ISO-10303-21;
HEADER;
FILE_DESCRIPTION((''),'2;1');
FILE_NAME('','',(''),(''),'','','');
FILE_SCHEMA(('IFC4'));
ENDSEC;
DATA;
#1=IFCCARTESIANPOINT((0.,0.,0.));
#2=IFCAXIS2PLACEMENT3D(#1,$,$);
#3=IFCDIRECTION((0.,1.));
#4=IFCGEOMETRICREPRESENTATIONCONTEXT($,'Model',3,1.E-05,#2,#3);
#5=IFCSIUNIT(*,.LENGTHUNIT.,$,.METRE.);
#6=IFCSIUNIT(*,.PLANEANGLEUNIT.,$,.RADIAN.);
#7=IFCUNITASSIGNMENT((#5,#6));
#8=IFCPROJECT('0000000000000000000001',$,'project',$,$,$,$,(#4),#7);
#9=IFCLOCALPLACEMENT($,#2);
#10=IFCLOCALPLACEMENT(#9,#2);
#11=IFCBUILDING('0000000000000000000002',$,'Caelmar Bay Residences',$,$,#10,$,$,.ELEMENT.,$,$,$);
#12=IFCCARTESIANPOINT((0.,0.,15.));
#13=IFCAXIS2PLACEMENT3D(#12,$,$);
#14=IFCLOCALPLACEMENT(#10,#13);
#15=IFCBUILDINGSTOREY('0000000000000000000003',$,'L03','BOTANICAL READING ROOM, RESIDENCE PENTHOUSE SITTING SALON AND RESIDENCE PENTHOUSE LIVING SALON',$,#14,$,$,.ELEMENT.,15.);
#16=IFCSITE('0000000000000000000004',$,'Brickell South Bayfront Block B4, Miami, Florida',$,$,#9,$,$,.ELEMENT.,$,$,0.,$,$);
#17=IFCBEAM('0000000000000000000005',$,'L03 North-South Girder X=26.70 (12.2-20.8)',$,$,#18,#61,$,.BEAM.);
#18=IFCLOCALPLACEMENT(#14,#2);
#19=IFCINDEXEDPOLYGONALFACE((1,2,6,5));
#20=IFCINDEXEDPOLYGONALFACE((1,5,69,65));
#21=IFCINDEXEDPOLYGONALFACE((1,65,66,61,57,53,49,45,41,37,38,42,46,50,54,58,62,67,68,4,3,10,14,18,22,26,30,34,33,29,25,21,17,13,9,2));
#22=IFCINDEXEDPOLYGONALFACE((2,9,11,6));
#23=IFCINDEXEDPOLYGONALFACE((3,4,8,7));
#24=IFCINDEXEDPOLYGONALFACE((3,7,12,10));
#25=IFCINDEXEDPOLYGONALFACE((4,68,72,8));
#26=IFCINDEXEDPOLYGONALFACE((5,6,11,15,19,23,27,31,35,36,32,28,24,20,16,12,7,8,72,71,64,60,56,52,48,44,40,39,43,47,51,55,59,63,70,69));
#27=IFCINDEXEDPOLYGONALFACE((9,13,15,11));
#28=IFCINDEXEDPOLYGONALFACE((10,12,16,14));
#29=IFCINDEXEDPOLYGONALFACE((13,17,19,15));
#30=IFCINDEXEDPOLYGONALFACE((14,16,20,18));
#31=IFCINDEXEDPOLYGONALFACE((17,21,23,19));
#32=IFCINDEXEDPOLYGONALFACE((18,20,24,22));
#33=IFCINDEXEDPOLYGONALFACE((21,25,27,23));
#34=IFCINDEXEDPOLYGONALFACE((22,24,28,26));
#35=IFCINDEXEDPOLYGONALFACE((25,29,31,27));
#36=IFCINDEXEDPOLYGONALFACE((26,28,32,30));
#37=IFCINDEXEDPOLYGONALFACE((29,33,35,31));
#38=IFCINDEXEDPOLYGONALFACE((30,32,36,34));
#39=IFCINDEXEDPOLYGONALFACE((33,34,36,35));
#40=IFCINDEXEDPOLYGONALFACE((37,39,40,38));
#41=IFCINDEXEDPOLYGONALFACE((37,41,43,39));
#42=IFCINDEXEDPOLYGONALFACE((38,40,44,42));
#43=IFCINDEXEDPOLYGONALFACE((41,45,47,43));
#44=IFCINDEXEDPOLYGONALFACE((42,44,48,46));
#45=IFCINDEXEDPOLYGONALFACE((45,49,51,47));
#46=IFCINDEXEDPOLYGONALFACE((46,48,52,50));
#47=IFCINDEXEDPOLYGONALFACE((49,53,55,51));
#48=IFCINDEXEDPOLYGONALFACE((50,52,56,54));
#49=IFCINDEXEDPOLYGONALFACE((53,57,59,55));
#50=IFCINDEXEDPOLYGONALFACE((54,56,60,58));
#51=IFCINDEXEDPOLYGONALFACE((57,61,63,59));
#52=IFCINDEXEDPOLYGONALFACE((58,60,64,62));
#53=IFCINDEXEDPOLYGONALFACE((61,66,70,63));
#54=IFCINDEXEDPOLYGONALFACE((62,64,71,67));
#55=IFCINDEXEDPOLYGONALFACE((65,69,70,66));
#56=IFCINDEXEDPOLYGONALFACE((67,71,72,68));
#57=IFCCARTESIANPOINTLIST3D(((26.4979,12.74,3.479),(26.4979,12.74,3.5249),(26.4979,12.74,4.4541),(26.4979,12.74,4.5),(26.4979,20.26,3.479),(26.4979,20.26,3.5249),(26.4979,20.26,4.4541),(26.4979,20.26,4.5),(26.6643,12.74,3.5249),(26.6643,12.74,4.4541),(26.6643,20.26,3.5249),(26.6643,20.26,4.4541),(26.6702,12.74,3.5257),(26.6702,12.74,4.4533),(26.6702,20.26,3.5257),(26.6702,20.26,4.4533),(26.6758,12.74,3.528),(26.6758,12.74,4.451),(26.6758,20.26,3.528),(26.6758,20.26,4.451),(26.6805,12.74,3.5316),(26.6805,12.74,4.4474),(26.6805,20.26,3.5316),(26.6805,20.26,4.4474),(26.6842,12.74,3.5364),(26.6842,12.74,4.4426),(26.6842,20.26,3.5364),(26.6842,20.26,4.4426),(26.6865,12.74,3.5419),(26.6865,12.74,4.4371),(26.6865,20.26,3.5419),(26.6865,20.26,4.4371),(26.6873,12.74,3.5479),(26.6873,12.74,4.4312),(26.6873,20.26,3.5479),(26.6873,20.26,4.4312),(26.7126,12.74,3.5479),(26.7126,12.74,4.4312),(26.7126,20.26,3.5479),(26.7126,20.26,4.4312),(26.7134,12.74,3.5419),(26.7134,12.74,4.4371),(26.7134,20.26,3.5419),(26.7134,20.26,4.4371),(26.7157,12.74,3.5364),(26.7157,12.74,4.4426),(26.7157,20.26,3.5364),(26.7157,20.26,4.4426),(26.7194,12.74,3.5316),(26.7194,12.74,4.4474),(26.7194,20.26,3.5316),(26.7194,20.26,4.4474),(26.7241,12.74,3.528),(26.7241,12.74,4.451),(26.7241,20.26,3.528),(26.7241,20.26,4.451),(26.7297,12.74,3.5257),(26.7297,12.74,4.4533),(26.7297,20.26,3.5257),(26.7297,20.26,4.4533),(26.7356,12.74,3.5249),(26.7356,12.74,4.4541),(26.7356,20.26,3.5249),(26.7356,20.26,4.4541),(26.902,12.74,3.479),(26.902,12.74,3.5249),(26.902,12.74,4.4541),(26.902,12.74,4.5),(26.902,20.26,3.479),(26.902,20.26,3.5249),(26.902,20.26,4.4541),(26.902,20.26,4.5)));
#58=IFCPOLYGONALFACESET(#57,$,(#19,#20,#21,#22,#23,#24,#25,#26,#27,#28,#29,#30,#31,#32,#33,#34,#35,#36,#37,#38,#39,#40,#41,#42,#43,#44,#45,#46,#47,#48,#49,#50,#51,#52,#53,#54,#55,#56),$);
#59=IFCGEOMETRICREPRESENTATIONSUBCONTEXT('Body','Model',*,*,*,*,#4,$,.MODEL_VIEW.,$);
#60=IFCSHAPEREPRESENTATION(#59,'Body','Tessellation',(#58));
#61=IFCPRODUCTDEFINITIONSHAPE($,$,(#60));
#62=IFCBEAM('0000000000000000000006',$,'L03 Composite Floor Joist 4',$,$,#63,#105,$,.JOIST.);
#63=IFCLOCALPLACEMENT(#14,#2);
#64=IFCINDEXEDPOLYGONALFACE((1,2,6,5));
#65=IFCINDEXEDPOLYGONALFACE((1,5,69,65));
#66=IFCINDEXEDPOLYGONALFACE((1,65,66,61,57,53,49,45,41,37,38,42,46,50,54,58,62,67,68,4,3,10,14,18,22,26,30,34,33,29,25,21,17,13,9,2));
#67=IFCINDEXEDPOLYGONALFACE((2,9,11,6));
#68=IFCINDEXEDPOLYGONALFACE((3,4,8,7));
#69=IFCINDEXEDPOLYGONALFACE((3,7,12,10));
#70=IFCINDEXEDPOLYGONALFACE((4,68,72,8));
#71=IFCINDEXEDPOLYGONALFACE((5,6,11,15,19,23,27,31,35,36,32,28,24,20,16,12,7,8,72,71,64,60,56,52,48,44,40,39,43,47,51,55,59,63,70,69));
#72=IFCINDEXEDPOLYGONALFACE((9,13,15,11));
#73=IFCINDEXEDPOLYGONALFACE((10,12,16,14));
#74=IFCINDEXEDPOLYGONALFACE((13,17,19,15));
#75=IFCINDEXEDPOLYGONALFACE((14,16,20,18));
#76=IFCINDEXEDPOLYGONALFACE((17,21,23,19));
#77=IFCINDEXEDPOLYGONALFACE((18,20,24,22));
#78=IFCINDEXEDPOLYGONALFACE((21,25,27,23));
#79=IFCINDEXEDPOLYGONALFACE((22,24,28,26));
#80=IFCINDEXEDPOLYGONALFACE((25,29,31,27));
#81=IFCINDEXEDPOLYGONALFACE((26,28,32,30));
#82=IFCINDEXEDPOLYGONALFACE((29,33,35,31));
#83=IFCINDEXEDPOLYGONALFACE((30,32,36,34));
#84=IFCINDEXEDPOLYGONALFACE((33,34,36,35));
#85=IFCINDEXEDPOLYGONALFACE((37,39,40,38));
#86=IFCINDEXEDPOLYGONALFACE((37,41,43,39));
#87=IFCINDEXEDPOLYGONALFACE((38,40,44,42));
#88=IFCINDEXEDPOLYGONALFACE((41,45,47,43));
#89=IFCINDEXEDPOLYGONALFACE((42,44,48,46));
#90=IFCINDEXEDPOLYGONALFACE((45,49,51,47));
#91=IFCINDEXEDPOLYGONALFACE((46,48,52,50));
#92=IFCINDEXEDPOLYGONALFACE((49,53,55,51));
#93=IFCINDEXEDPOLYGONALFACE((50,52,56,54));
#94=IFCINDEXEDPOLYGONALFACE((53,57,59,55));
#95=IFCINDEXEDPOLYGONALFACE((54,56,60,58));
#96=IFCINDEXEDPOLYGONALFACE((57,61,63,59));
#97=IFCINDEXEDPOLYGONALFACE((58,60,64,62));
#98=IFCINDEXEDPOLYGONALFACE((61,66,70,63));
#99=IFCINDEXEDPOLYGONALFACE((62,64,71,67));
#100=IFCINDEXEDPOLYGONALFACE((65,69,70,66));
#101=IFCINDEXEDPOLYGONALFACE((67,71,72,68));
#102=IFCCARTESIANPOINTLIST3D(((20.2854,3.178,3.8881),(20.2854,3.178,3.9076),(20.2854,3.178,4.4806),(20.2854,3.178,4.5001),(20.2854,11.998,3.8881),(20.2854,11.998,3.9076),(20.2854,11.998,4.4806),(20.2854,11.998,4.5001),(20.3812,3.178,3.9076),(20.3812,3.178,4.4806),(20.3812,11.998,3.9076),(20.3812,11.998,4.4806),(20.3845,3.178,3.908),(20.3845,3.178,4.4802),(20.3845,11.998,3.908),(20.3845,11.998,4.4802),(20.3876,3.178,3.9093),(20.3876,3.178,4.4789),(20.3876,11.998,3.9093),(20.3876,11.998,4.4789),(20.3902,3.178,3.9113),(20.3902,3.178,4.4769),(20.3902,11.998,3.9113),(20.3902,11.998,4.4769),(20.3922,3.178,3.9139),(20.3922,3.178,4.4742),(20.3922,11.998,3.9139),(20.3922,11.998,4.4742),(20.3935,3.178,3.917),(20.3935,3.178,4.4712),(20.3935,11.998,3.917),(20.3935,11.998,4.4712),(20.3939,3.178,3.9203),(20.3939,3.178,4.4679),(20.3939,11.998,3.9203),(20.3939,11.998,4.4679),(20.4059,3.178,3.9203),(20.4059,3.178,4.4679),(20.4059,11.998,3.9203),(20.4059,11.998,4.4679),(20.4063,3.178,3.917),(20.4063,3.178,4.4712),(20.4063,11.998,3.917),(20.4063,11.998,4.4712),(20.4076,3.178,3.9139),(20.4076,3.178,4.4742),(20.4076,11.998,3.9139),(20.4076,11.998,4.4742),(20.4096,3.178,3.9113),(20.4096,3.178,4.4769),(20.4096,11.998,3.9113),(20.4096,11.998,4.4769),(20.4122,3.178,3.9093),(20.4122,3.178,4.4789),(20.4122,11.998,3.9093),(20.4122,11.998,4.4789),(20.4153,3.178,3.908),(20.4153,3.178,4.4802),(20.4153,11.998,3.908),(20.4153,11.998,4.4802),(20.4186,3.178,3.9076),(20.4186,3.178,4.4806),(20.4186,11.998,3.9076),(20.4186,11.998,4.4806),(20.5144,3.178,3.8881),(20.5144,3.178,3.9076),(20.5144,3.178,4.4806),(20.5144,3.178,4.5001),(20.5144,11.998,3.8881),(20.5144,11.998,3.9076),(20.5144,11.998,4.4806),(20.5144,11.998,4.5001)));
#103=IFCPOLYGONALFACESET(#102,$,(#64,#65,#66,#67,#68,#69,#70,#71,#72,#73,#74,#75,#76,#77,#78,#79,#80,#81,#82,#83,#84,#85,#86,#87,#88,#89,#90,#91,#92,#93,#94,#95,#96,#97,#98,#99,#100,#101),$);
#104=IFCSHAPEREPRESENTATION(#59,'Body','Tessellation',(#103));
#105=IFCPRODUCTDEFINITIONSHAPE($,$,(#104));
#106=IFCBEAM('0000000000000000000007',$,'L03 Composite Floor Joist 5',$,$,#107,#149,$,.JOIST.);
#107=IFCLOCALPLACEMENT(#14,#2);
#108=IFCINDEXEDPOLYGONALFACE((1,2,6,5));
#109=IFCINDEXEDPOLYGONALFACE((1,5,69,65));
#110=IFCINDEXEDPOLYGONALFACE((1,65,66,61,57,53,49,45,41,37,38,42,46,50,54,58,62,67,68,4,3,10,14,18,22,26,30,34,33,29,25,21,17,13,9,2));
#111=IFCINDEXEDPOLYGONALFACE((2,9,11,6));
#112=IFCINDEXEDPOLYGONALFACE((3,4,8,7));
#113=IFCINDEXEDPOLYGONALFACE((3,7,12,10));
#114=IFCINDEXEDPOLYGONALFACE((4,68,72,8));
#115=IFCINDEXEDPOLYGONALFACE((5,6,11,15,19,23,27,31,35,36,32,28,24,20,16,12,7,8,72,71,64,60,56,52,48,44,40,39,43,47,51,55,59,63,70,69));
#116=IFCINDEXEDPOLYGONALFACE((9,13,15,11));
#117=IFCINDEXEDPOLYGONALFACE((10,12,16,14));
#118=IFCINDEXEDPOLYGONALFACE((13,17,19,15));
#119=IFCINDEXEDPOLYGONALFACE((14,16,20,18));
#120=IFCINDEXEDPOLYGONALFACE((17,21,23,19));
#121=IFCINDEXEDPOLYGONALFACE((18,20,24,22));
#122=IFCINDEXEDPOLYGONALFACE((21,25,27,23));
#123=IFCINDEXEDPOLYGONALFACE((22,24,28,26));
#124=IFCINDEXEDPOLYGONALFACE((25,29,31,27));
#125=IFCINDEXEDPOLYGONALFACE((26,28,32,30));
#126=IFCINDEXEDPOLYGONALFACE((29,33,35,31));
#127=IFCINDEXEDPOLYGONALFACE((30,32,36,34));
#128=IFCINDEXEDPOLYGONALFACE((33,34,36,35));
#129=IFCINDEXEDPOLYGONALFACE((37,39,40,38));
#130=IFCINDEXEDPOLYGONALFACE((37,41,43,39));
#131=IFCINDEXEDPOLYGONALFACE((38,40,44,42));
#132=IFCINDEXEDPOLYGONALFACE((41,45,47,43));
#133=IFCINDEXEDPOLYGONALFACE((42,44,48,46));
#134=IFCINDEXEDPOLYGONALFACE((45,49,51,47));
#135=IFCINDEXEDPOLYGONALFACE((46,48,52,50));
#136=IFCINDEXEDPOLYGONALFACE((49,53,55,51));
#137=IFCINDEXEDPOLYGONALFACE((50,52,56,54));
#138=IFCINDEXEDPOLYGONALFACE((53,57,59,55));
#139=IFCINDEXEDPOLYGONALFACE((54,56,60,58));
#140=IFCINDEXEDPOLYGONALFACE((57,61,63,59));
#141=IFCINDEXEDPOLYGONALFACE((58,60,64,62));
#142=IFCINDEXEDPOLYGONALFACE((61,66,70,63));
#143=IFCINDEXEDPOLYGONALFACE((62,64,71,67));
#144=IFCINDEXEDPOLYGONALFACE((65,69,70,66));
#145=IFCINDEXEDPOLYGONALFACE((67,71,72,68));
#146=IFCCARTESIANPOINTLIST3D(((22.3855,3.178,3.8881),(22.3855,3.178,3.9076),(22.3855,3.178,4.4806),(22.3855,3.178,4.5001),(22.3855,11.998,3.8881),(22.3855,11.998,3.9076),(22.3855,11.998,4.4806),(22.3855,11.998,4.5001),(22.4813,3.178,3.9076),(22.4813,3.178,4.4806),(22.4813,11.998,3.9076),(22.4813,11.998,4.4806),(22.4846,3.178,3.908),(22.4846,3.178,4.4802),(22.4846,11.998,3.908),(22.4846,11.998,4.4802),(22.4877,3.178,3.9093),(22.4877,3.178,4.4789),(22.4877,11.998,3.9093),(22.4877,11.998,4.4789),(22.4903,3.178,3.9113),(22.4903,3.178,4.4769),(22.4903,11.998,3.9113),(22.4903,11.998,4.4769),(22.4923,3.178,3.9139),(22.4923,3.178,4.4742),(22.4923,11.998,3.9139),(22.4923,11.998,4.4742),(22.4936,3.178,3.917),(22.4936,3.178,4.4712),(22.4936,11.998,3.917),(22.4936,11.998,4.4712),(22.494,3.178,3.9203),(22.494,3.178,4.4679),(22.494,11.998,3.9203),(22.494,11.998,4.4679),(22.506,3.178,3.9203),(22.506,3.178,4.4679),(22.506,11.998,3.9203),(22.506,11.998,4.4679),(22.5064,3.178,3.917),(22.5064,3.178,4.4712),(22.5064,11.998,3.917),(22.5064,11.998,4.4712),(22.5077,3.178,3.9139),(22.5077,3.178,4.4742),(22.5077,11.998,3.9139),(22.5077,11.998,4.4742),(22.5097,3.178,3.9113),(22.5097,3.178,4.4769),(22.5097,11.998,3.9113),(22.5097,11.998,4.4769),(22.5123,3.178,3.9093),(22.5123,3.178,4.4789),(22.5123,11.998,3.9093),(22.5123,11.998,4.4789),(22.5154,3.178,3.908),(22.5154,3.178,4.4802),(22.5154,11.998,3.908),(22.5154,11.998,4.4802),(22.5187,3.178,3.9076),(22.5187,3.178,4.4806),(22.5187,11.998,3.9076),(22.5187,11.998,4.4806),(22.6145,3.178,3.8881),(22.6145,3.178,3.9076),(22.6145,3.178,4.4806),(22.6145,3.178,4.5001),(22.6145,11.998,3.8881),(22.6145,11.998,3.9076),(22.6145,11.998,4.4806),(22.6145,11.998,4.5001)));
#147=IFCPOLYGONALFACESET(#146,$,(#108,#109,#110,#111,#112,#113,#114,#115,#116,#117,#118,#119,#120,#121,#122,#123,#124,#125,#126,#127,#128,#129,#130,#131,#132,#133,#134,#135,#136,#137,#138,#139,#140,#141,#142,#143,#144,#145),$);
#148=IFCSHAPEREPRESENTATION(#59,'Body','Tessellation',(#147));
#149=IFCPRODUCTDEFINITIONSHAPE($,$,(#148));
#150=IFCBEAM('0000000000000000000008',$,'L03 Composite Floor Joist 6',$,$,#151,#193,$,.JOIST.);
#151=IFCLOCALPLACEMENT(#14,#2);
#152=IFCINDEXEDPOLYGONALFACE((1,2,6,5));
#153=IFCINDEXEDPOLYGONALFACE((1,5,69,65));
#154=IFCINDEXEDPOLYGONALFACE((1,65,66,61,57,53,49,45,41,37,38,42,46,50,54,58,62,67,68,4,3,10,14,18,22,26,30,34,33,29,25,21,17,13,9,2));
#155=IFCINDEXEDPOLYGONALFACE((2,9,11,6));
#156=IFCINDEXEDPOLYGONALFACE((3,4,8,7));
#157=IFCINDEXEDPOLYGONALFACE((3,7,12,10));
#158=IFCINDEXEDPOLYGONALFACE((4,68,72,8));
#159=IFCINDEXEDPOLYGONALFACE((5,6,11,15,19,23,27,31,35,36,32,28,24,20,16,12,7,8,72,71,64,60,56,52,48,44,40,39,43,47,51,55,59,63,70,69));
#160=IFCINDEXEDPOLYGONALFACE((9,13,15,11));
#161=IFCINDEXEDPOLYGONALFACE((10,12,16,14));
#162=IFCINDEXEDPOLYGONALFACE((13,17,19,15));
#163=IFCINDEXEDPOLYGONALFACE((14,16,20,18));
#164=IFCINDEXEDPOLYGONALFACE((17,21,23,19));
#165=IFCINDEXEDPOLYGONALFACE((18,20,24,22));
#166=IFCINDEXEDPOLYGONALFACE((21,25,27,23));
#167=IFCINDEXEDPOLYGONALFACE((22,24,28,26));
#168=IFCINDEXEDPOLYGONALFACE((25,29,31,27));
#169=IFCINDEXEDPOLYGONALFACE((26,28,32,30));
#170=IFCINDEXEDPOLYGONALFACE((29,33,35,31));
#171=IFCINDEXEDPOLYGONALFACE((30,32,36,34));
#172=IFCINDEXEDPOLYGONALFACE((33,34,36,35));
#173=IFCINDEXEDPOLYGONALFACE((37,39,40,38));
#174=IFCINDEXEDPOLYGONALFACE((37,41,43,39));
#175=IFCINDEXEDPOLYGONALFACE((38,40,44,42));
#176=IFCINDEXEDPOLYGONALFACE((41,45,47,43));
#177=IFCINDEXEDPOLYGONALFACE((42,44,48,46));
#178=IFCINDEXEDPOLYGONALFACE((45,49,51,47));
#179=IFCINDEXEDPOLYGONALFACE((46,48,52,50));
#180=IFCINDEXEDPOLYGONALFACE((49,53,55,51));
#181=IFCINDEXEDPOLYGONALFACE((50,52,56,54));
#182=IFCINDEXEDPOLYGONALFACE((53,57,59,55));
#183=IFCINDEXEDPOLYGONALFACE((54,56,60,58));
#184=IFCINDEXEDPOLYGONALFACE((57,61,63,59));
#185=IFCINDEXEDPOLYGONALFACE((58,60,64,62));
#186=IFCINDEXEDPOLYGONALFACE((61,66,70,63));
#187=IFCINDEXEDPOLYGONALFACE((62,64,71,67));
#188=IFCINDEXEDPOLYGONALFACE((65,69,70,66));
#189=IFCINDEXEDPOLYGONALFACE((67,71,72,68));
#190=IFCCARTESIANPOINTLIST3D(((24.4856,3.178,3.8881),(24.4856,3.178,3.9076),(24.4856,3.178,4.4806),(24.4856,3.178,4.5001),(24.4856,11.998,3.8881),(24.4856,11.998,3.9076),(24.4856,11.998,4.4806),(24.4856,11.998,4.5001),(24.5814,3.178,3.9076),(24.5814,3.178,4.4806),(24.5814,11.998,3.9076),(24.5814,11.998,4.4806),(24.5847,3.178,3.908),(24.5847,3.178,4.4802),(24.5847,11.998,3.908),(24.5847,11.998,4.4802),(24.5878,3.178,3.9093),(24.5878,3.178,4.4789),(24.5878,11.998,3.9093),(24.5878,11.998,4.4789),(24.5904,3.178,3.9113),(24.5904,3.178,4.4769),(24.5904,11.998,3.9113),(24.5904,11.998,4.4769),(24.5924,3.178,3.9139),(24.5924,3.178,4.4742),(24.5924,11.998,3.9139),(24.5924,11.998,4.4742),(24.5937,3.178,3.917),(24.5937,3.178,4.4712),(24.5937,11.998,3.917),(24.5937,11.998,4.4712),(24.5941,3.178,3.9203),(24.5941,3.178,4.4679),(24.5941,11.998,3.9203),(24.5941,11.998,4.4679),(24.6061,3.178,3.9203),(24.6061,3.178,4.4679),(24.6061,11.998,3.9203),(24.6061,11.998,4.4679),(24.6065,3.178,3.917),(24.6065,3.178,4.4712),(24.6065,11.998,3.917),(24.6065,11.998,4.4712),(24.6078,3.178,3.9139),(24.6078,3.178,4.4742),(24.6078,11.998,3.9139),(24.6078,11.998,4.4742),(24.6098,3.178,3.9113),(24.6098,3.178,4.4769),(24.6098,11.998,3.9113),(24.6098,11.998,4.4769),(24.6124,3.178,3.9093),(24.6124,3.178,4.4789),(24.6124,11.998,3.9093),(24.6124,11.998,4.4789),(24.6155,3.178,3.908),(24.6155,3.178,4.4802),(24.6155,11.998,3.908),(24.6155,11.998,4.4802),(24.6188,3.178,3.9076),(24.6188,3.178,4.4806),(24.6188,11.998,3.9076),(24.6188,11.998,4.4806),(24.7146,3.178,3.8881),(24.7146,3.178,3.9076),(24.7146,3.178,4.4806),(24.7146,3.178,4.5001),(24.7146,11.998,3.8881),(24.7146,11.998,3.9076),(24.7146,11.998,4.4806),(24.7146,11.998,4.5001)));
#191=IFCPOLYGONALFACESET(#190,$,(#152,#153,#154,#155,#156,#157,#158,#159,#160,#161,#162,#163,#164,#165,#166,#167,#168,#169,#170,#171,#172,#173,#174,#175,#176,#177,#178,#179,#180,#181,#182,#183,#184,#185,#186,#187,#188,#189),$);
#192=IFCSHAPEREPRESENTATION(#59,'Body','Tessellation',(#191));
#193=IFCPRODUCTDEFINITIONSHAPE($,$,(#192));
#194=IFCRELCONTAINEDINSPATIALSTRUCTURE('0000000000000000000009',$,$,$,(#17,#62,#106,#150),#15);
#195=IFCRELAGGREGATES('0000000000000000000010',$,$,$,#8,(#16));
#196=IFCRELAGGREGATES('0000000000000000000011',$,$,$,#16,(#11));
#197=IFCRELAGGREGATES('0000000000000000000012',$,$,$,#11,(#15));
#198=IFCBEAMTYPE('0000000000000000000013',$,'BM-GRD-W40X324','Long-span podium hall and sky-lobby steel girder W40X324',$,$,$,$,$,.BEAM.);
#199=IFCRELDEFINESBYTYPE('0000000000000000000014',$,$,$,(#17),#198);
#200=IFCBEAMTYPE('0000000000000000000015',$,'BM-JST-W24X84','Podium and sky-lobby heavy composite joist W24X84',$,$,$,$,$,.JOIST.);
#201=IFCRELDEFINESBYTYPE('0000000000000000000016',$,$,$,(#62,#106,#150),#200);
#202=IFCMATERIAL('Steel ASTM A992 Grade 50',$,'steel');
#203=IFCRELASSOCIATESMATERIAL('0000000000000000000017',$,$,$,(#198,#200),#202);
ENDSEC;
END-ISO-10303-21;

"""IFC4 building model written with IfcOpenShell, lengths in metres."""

from ifc_helpers import new_model, si_unit, direction, frame, origin, origin_2d, place, context, subcontext, project, spatial, i_section, extrude, material, material_profile, profile_set, type_object, element, save


model = new_model("IFC4")

# Units and contexts
model_context = context("Model", 3, precision=1e-05, world=origin(), true_north=direction((0.0, 1.0)))
body_context = subcontext(model_context, "Body", "Model", "MODEL_VIEW")
ifc_project = project(units=[si_unit("LENGTHUNIT", "METRE"), si_unit("PLANEANGLEUNIT", "RADIAN")], contexts=[model_context])

# Site, building, storey
site_placement = place(None, origin())
site = spatial("IfcSite", under=ifc_project, at=site_placement, Name="Brickell South Bayfront Block B4, Miami, Florida", CompositionType="ELEMENT", RefElevation=0.0)
building_placement = place(site_placement, origin())
building = spatial("IfcBuilding", under=site, at=building_placement, Name="Caelmar Bay Residences", CompositionType="ELEMENT")
storey_placement = place(building_placement, frame((0.0, 0.0, 15.0)))
storey = spatial("IfcBuildingStorey", under=building, at=storey_placement, Name="L03", Description="BOTANICAL READING ROOM, RESIDENCE PENTHOUSE SITTING SALON AND RESIDENCE PENTHOUSE LIVING SALON", CompositionType="ELEMENT", Elevation=15.0)

# Beams
ifc_material_1 = material(Name="Steel ASTM A992 Grade 50", Category="steel")
ifc_material_profile_1 = material_profile(ifc_material_1, i_section(OverallWidth=0.4041, OverallDepth=1.021, WebThickness=0.0254, FlangeThickness=0.0459, FilletRadius=0.0229, at=origin_2d()), Name="W40X324")
ifc_profile_set_1 = profile_set([ifc_material_profile_1], Name="Steel ASTM A992 Grade 50")
beam_type_1 = type_object("IfcBeamType", Name="BM-GRD-W40X324", Description="Long-span podium hall and sky-lobby steel girder W40X324", PredefinedType="BEAM", material=ifc_profile_set_1)
beam_1_placement = place(storey_placement, frame((26.7, 12.74, 3.9895), z_axis=(0.0, 1.0, 0.0), x_axis=(-1.0, 0.0, 0.0)))
element("IfcBeam", 1, at=beam_1_placement, inside=storey, type_object=beam_type_1, Name="L03 North-South Girder X=26.70 (12.2-20.8)", PredefinedType="BEAM", context=body_context, shape_type="SweptSolid", body=[
    extrude(i_section(OverallWidth=0.4041, OverallDepth=1.021, WebThickness=0.0254, FlangeThickness=0.0459, FilletRadius=0.0229, at=origin_2d()), origin(), (0.0, 0.0, 1.0), 7.52),
])
ifc_material_profile_2 = material_profile(ifc_material_1, i_section(OverallWidth=0.229, OverallDepth=0.6121, WebThickness=0.012, FlangeThickness=0.0195, FilletRadius=0.0127, at=origin_2d()), Name="W24X84")
ifc_profile_set_2 = profile_set([ifc_material_profile_2], Name="Steel ASTM A992 Grade 50")
beam_type_2 = type_object("IfcBeamType", Name="BM-JST-W24X84", Description="Podium and sky-lobby heavy composite joist W24X84", PredefinedType="JOIST", material=ifc_profile_set_2)
for number, where, z_axis, x_axis, name in (
    (2, (20.3999, 3.178, 4.1941), (0.0, 1.0, 0.0), (-1.0, 0.0, 0.0), "L03 Composite Floor Joist 4"),
    (3, (22.5, 3.178, 4.1941), (0.0, 1.0, 0.0), (-1.0, 0.0, 0.0), "L03 Composite Floor Joist 5"),
    (4, (24.6001, 3.178, 4.1941), (0.0, 1.0, 0.0), (-1.0, 0.0, 0.0), "L03 Composite Floor Joist 6"),
):
    element("IfcBeam", number, at=place(storey_placement, frame(where, z_axis=z_axis, x_axis=x_axis)), inside=storey, type_object=beam_type_2, Name=name, PredefinedType="JOIST", context=body_context, shape_type="SweptSolid", body=[
        extrude(i_section(OverallWidth=0.229, OverallDepth=0.6121, WebThickness=0.012, FlangeThickness=0.0195, FilletRadius=0.0127, at=origin_2d()), origin(), (0.0, 0.0, 1.0), 8.8201),
    ])

save(model, "model.ifc")
